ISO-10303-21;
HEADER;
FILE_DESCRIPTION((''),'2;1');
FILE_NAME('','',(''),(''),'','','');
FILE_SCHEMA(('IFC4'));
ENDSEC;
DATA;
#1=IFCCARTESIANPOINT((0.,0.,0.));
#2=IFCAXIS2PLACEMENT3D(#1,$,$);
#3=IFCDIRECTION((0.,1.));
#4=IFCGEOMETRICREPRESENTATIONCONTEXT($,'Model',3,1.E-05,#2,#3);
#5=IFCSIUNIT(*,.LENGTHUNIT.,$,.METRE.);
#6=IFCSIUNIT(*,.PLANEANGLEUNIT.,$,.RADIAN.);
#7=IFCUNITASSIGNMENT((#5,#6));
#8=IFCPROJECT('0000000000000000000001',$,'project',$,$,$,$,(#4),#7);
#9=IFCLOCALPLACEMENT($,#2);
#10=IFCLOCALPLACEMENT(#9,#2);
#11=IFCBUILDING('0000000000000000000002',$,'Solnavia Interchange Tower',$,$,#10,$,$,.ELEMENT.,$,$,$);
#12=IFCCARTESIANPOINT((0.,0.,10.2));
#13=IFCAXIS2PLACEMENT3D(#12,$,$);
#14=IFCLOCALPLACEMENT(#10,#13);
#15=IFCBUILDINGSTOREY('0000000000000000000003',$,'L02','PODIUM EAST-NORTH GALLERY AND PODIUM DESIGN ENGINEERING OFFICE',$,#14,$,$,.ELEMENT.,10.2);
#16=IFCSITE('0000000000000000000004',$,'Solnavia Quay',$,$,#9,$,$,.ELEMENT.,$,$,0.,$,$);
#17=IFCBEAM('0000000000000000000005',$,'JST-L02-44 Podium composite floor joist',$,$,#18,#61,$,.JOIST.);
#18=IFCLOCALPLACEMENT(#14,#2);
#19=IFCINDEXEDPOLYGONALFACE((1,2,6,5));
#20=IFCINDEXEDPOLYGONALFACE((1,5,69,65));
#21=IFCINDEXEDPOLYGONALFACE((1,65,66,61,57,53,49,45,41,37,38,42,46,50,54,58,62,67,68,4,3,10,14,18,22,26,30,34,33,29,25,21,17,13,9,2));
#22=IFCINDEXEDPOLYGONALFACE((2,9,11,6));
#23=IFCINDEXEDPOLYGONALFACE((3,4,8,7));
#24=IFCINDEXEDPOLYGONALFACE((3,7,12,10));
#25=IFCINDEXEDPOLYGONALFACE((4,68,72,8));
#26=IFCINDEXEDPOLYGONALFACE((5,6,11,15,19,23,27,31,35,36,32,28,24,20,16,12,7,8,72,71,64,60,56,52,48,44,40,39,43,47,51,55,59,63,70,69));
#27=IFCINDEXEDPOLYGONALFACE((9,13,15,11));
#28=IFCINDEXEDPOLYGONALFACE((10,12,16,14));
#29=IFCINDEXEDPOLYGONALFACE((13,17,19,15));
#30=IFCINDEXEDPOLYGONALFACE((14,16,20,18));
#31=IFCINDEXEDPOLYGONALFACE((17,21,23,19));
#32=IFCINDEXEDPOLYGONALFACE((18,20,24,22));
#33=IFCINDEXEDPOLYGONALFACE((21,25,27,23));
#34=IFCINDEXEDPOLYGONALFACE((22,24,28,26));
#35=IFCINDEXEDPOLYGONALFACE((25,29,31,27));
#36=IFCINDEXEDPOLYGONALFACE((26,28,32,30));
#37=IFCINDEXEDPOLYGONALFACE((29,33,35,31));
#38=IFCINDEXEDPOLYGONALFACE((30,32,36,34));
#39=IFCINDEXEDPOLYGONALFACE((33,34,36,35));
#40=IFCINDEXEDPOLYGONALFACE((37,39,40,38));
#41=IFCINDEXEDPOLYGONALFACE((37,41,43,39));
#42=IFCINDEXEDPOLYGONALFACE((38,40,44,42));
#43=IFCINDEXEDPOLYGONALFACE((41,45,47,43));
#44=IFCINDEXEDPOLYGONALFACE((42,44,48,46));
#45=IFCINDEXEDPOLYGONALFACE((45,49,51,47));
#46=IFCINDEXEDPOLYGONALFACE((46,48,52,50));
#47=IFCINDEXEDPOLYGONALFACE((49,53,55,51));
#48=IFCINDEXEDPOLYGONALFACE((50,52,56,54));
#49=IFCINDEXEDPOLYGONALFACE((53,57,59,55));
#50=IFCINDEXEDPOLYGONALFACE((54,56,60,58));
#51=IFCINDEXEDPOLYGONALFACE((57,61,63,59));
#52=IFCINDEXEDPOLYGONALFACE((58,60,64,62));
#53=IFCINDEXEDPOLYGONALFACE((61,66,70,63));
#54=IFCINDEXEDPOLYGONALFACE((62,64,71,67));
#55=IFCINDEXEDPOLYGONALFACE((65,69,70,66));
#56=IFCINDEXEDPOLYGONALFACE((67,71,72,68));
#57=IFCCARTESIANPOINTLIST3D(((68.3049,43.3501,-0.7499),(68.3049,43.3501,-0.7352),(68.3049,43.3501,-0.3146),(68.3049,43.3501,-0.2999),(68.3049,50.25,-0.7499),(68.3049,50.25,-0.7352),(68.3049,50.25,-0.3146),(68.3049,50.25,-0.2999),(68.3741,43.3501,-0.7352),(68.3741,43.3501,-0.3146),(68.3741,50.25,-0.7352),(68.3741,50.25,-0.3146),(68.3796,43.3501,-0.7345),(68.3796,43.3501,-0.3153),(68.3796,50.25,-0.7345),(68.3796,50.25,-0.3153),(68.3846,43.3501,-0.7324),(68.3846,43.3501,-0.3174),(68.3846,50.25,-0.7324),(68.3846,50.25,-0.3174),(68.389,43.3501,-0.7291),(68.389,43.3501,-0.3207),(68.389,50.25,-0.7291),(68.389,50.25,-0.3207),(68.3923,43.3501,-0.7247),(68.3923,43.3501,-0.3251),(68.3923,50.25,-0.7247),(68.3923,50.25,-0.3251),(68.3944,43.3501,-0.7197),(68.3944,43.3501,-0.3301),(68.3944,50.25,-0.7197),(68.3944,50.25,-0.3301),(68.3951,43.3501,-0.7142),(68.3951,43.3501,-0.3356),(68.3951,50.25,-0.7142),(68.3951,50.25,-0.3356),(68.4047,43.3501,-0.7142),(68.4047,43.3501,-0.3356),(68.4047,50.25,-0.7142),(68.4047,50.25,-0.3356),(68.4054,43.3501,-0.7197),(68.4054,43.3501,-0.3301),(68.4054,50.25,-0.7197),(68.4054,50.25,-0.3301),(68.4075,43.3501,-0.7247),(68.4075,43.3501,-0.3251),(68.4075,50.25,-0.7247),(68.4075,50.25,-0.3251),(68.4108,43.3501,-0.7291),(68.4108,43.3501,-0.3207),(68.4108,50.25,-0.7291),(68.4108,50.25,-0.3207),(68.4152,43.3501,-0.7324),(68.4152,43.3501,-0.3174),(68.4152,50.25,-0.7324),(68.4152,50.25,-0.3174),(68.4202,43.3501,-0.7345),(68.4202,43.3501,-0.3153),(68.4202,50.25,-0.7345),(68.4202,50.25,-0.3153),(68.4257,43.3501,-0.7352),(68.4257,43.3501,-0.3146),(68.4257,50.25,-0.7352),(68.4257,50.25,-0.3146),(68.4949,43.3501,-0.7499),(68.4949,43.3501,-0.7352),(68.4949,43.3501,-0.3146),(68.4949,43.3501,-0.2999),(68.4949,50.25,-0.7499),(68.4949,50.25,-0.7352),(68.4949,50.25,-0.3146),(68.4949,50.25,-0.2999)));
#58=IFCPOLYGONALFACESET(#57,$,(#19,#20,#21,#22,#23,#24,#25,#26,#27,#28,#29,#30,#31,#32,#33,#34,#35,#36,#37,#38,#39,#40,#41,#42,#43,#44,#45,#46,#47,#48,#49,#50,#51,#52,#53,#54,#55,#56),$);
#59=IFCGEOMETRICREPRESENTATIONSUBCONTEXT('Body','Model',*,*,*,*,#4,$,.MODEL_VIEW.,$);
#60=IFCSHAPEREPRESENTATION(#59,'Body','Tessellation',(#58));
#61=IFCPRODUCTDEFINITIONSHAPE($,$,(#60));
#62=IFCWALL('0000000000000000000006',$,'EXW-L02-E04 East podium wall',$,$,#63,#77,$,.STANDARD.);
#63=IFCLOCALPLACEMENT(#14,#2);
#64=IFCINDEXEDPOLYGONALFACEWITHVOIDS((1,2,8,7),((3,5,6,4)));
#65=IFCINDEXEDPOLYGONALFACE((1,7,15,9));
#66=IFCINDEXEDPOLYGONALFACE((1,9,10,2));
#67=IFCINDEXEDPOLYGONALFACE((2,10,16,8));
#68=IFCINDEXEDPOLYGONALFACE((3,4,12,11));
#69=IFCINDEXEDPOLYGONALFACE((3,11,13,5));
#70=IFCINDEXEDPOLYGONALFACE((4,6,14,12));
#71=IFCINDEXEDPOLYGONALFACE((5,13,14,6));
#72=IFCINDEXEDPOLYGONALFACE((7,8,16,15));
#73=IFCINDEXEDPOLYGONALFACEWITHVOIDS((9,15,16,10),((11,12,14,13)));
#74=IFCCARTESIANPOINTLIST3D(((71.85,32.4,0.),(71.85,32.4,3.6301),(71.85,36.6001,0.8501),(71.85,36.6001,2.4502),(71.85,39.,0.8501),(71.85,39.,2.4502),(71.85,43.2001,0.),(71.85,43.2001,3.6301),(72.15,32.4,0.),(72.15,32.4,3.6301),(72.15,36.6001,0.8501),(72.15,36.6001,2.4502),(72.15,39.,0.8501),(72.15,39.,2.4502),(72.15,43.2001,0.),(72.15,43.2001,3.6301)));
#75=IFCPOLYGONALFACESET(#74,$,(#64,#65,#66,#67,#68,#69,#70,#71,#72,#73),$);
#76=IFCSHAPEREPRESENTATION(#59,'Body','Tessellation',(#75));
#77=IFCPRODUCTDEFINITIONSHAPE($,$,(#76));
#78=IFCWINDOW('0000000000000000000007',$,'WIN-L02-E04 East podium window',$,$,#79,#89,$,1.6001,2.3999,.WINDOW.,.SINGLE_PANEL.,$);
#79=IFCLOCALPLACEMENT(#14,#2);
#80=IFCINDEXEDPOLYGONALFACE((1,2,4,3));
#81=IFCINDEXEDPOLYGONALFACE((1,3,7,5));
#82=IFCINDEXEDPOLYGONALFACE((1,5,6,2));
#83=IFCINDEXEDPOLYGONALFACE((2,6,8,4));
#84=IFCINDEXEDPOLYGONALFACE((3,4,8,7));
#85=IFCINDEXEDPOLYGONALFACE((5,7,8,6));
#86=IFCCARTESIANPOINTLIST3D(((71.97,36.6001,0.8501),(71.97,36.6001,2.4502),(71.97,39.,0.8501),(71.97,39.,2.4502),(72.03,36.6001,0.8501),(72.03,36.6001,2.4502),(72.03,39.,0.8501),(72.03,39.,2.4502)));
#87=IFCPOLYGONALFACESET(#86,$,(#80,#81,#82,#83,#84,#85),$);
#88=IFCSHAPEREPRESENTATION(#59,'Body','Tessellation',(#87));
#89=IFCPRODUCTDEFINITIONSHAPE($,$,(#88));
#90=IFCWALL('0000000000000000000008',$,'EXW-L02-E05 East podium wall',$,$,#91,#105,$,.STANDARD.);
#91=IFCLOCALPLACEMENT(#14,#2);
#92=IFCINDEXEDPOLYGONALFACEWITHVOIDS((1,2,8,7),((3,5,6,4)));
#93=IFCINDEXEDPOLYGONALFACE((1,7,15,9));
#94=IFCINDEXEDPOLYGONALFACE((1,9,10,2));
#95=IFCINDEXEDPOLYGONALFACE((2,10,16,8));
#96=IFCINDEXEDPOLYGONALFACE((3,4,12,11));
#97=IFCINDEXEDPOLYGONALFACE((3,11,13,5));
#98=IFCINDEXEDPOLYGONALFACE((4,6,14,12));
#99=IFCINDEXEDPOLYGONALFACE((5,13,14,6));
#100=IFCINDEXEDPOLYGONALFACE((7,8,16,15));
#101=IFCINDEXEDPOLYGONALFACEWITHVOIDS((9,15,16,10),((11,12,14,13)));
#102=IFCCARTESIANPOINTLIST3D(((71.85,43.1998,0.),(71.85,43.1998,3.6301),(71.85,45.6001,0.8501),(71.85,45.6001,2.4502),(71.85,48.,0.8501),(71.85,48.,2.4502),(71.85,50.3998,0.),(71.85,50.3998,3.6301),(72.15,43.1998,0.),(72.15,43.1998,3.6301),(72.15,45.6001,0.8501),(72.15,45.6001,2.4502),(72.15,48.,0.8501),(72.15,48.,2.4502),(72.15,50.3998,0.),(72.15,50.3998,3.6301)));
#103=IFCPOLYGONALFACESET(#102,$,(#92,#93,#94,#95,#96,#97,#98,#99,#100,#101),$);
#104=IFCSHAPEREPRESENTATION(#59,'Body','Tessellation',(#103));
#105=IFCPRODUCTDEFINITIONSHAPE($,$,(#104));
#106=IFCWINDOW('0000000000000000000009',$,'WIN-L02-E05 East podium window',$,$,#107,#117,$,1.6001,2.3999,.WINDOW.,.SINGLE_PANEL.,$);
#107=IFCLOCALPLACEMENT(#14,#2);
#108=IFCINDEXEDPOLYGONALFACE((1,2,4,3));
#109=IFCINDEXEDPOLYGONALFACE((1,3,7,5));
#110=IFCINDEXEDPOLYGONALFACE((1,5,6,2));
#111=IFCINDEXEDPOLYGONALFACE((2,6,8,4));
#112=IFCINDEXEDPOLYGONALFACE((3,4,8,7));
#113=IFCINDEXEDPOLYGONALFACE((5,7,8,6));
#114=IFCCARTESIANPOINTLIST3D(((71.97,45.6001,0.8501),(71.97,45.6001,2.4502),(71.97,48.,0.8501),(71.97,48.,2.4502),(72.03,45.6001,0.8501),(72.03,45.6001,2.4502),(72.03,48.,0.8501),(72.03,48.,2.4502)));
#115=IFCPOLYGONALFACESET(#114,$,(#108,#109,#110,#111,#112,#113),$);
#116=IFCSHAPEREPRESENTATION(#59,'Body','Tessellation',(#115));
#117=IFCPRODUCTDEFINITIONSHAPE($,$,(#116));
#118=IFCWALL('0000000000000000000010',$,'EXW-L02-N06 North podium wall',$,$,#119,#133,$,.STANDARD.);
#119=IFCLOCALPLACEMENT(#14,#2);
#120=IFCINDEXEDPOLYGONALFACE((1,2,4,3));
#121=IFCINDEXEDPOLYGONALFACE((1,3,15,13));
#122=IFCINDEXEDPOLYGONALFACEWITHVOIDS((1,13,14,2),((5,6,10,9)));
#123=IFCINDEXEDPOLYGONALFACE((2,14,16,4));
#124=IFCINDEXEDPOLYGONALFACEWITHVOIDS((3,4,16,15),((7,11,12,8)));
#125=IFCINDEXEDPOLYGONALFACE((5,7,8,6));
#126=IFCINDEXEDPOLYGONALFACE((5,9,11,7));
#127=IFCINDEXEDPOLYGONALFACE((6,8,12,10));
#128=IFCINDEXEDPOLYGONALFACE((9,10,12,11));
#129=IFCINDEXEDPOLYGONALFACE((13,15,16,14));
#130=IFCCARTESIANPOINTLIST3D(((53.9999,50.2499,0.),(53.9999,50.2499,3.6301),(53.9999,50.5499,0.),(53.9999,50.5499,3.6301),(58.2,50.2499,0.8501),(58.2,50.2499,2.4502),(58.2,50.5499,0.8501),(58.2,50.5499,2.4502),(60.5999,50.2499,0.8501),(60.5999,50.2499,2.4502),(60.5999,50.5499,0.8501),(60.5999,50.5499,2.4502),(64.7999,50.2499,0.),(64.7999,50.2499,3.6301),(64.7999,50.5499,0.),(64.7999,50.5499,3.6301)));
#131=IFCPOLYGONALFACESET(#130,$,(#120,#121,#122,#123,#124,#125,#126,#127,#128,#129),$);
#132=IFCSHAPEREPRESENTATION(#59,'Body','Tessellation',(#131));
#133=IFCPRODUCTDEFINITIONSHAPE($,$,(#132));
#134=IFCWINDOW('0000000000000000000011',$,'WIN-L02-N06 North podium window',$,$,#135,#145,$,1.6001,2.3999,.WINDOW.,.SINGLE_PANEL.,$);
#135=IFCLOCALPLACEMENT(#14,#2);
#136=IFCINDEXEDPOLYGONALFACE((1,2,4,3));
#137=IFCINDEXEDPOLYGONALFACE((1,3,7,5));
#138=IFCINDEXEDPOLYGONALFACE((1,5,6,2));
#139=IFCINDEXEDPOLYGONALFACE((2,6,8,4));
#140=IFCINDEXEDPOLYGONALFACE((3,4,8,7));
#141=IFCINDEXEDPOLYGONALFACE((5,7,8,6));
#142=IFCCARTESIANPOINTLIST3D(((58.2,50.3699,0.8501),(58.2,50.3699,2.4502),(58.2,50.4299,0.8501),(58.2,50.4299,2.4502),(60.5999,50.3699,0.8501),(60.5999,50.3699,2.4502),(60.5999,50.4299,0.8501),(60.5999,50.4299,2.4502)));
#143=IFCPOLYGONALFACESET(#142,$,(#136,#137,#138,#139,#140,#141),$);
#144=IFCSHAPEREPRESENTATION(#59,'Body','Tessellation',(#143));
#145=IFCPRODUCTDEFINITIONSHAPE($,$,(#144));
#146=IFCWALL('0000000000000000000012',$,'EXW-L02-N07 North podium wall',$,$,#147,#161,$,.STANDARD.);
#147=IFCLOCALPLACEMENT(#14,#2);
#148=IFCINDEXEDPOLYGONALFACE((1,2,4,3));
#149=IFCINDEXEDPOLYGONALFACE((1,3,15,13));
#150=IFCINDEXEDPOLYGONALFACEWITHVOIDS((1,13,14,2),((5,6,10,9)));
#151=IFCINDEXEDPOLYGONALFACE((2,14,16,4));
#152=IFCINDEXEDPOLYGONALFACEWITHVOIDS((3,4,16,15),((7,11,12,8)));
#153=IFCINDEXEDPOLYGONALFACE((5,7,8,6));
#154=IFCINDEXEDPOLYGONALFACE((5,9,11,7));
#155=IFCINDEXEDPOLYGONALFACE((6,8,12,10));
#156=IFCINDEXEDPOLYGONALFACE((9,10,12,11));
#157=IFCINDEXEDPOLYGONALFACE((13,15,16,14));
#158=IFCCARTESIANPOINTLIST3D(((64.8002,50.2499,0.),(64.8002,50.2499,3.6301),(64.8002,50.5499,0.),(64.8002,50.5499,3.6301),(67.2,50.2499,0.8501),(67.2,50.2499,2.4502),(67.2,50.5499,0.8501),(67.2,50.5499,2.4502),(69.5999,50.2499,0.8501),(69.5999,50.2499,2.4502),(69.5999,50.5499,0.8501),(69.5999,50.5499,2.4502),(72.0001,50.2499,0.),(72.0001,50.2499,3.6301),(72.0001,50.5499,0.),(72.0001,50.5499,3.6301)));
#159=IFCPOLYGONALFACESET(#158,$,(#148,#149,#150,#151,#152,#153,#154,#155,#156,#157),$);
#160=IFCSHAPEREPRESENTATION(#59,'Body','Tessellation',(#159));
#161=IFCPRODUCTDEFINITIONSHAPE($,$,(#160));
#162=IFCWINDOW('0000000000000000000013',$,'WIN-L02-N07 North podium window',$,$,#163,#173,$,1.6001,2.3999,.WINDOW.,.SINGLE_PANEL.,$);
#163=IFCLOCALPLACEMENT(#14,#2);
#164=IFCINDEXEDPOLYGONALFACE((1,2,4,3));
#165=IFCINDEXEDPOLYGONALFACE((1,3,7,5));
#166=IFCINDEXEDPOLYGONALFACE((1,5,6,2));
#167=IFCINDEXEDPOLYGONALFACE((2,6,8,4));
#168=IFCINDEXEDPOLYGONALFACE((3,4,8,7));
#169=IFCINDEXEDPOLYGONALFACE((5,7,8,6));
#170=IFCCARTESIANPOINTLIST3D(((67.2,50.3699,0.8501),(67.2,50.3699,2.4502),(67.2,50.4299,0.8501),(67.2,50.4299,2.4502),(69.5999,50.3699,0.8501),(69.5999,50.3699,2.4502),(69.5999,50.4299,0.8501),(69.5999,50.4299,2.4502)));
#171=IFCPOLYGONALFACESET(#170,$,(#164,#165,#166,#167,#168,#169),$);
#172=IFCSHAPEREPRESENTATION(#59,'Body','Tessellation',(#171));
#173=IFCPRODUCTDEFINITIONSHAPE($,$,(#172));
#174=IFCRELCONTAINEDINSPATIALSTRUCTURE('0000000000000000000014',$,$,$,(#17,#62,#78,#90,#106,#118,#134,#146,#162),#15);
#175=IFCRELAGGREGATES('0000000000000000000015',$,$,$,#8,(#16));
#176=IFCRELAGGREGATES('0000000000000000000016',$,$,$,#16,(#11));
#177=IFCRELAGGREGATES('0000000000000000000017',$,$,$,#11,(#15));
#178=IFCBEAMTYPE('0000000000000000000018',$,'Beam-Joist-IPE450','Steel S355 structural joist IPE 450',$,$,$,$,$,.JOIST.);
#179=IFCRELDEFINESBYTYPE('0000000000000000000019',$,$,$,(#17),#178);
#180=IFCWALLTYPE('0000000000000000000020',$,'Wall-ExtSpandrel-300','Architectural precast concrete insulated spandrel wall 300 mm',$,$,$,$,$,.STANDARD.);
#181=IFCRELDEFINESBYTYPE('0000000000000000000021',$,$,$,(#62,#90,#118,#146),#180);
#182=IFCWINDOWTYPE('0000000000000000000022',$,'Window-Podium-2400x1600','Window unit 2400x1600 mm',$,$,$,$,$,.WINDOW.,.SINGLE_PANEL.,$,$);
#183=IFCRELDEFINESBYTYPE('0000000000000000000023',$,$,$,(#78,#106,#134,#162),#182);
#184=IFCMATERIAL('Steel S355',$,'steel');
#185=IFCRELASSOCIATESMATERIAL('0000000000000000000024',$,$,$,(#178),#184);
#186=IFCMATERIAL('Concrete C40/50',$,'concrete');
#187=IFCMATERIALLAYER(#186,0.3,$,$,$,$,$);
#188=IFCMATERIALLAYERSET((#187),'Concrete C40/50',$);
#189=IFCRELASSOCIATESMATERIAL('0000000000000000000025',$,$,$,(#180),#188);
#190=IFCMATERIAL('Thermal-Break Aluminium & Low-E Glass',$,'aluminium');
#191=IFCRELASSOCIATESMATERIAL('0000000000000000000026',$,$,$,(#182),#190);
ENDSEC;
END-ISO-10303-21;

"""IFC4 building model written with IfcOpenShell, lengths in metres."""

from ifc_helpers import new_model, si_unit, direction, frame, frame_2d, origin, origin_2d, place, context, subcontext, project, spatial, rectangle, i_section, extrude, material, layer, layer_set, material_profile, profile_set, type_object, element, fill, save


model = new_model("IFC4")

# Units and contexts
model_context = context("Model", 3, precision=1e-05, world=origin(), true_north=direction((0.0, 1.0)))
body_context = subcontext(model_context, "Body", "Model", "MODEL_VIEW")
ifc_project = project(units=[si_unit("LENGTHUNIT", "METRE"), si_unit("PLANEANGLEUNIT", "RADIAN")], contexts=[model_context])

# Site, building, storey
site_placement = place(None, origin())
site = spatial("IfcSite", under=ifc_project, at=site_placement, Name="Solnavia Quay", CompositionType="ELEMENT", RefElevation=0.0)
building_placement = place(site_placement, origin())
building = spatial("IfcBuilding", under=site, at=building_placement, Name="Solnavia Interchange Tower", CompositionType="ELEMENT")
storey_placement = place(building_placement, frame((0.0, 0.0, 10.2)))
storey = spatial("IfcBuildingStorey", under=building, at=storey_placement, Name="L02", Description="PODIUM EAST-NORTH GALLERY AND PODIUM DESIGN ENGINEERING OFFICE", CompositionType="ELEMENT", Elevation=10.2)

# Beam
ifc_material_1 = material(Name="Steel S355", Category="steel")
ifc_material_profile_1 = material_profile(ifc_material_1, i_section(OverallWidth=0.1899, OverallDepth=0.45, WebThickness=0.0095, FlangeThickness=0.0146, FilletRadius=0.021, at=origin_2d()), Name="IPE 450")
ifc_profile_set_1 = profile_set([ifc_material_profile_1], Name="Steel S355")
beam_type_1 = type_object("IfcBeamType", Name="Beam-Joist-IPE450", Description="Steel S355 structural joist IPE 450", PredefinedType="JOIST", material=ifc_profile_set_1)
beam_1_placement = place(storey_placement, frame((68.3999, 43.3501, -0.5249), z_axis=(0.0, 1.0, 0.0), x_axis=(-1.0, 0.0, 0.0)))
element("IfcBeam", 1, at=beam_1_placement, inside=storey, type_object=beam_type_1, Name="JST-L02-44 Podium composite floor joist", PredefinedType="JOIST", context=body_context, shape_type="SweptSolid", body=[
    extrude(i_section(OverallWidth=0.1899, OverallDepth=0.45, WebThickness=0.0095, FlangeThickness=0.0146, FilletRadius=0.021, at=origin_2d()), origin(), (0.0, 0.0, 1.0), 6.8999),
])

# Walls, openings, windows
ifc_material_2 = material(Name="Concrete C40/50", Category="concrete")
ifc_layer_1 = layer(ifc_material_2, 0.3)
ifc_layer_set_1 = layer_set([ifc_layer_1], Name="Concrete C40/50")
wall_type_1 = type_object("IfcWallType", Name="Wall-ExtSpandrel-300", Description="Architectural precast concrete insulated spandrel wall 300 mm", PredefinedType="STANDARD", material=ifc_layer_set_1)
wall_1_placement = place(storey_placement, frame((72.0, 43.2, 0.0), z_axis=(0.0, 0.0, 1.0), x_axis=(0.0, -1.0, 0.0)))
wall_1 = element("IfcWall", 2, at=wall_1_placement, inside=storey, type_object=wall_type_1, Name="EXW-L02-E04 East podium wall", PredefinedType="STANDARD", context=body_context, shape_type="SweptSolid", body=[
    extrude(rectangle(XDim=10.8, YDim=0.3, at=frame_2d((5.3999, 0.0))), origin(), (0.0, 0.0, 1.0), 3.6301),
])
opening_1_placement = place(wall_1_placement, frame((4.2, 0.0, 0.8501)))
opening_1 = element("IfcOpeningElement", 3, at=opening_1_placement, cuts=wall_1, PredefinedType="OPENING", context=body_context, shape_type="SweptSolid", body=[
    extrude(rectangle(XDim=2.3999, YDim=1.6001, at=frame_2d((1.2, 0.8))), frame((0.0, 0.1602, 0.0), z_axis=(0.0, -1.0, 0.0), x_axis=(1.0, 0.0, 0.0)), (0.0, 0.0, 1.0), 0.3201),
])
ifc_material_3 = material(Name="Thermal-Break Aluminium & Low-E Glass", Category="aluminium")
window_type = type_object("IfcWindowType", Name="Window-Podium-2400x1600", Description="Window unit 2400x1600 mm", PartitioningType="SINGLE_PANEL", PredefinedType="WINDOW", material=ifc_material_3)
window_1_placement = place(opening_1_placement, origin())
window_1 = element("IfcWindow", 4, at=window_1_placement, inside=storey, type_object=window_type, Name="WIN-L02-E04 East podium window", OverallHeight=1.6001, OverallWidth=2.3999, PartitioningType="SINGLE_PANEL", PredefinedType="WINDOW", context=body_context, shape_type="SweptSolid", body=[
    extrude(rectangle(XDim=2.3999, YDim=1.6001, at=frame_2d((1.2, 0.8))), frame((0.0, 0.03, 0.0), z_axis=(0.0, -1.0, 0.0), x_axis=(1.0, 0.0, 0.0)), (0.0, 0.0, 1.0), 0.0601),
])
fill(opening_1, window_1)
wall_2_placement = place(storey_placement, frame((72.0, 50.3999, 0.0), z_axis=(0.0, 0.0, 1.0), x_axis=(0.0, -1.0, 0.0)))
wall_2 = element("IfcWall", 5, at=wall_2_placement, inside=storey, type_object=wall_type_1, Name="EXW-L02-E05 East podium wall", PredefinedType="STANDARD", context=body_context, shape_type="SweptSolid", body=[
    extrude(rectangle(XDim=7.2, YDim=0.3, at=frame_2d((3.6001, 0.0))), origin(), (0.0, 0.0, 1.0), 3.6301),
])
opening_2_placement = place(wall_2_placement, frame((2.3999, 0.0, 0.8501)))
opening_2 = element("IfcOpeningElement", 6, at=opening_2_placement, cuts=wall_2, PredefinedType="OPENING", context=body_context, shape_type="SweptSolid", body=[
    extrude(rectangle(XDim=2.3999, YDim=1.6001, at=frame_2d((1.2, 0.8))), frame((0.0, 0.1602, 0.0), z_axis=(0.0, -1.0, 0.0), x_axis=(1.0, 0.0, 0.0)), (0.0, 0.0, 1.0), 0.3201),
])
window_2_placement = place(opening_2_placement, origin())
window_2 = element("IfcWindow", 7, at=window_2_placement, inside=storey, type_object=window_type, Name="WIN-L02-E05 East podium window", OverallHeight=1.6001, OverallWidth=2.3999, PartitioningType="SINGLE_PANEL", PredefinedType="WINDOW", context=body_context, shape_type="SweptSolid", body=[
    extrude(rectangle(XDim=2.3999, YDim=1.6001, at=frame_2d((1.2, 0.8))), frame((0.0, 0.03, 0.0), z_axis=(0.0, -1.0, 0.0), x_axis=(1.0, 0.0, 0.0)), (0.0, 0.0, 1.0), 0.0601),
])
fill(opening_2, window_2)
wall_3_placement = place(storey_placement, frame((54.0, 50.3999, 0.0), z_axis=(0.0, 0.0, 1.0), x_axis=(1.0, 0.0, 0.0)))
wall_3 = element("IfcWall", 8, at=wall_3_placement, inside=storey, type_object=wall_type_1, Name="EXW-L02-N06 North podium wall", PredefinedType="STANDARD", context=body_context, shape_type="SweptSolid", body=[
    extrude(rectangle(XDim=10.8, YDim=0.3, at=frame_2d((5.3999, 0.0))), origin(), (0.0, 0.0, 1.0), 3.6301),
])
opening_3_placement = place(wall_3_placement, frame((4.2, 0.0, 0.8501)))
opening_3 = element("IfcOpeningElement", 9, at=opening_3_placement, cuts=wall_3, PredefinedType="OPENING", context=body_context, shape_type="SweptSolid", body=[
    extrude(rectangle(XDim=2.3999, YDim=1.6001, at=frame_2d((1.2, 0.8))), frame((0.0, 0.1602, 0.0), z_axis=(0.0, -1.0, 0.0), x_axis=(1.0, 0.0, 0.0)), (0.0, 0.0, 1.0), 0.3201),
])
window_3_placement = place(opening_3_placement, origin())
window_3 = element("IfcWindow", 10, at=window_3_placement, inside=storey, type_object=window_type, Name="WIN-L02-N06 North podium window", OverallHeight=1.6001, OverallWidth=2.3999, PartitioningType="SINGLE_PANEL", PredefinedType="WINDOW", context=body_context, shape_type="SweptSolid", body=[
    extrude(rectangle(XDim=2.3999, YDim=1.6001, at=frame_2d((1.2, 0.8))), frame((0.0, 0.03, 0.0), z_axis=(0.0, -1.0, 0.0), x_axis=(1.0, 0.0, 0.0)), (0.0, 0.0, 1.0), 0.0601),
])
fill(opening_3, window_3)
wall_4_placement = place(storey_placement, frame((64.8, 50.3999, 0.0), z_axis=(0.0, 0.0, 1.0), x_axis=(1.0, 0.0, 0.0)))
wall_4 = element("IfcWall", 11, at=wall_4_placement, inside=storey, type_object=wall_type_1, Name="EXW-L02-N07 North podium wall", PredefinedType="STANDARD", context=body_context, shape_type="SweptSolid", body=[
    extrude(rectangle(XDim=7.2, YDim=0.3, at=frame_2d((3.6001, 0.0))), origin(), (0.0, 0.0, 1.0), 3.6301),
])
opening_4_placement = place(wall_4_placement, frame((2.3999, 0.0, 0.8501)))
opening_4 = element("IfcOpeningElement", 12, at=opening_4_placement, cuts=wall_4, PredefinedType="OPENING", context=body_context, shape_type="SweptSolid", body=[
    extrude(rectangle(XDim=2.3999, YDim=1.6001, at=frame_2d((1.2, 0.8))), frame((0.0, 0.1602, 0.0), z_axis=(0.0, -1.0, 0.0), x_axis=(1.0, 0.0, 0.0)), (0.0, 0.0, 1.0), 0.3201),
])
window_4_placement = place(opening_4_placement, origin())
window_4 = element("IfcWindow", 13, at=window_4_placement, inside=storey, type_object=window_type, Name="WIN-L02-N07 North podium window", OverallHeight=1.6001, OverallWidth=2.3999, PartitioningType="SINGLE_PANEL", PredefinedType="WINDOW", context=body_context, shape_type="SweptSolid", body=[
    extrude(rectangle(XDim=2.3999, YDim=1.6001, at=frame_2d((1.2, 0.8))), frame((0.0, 0.03, 0.0), z_axis=(0.0, -1.0, 0.0), x_axis=(1.0, 0.0, 0.0)), (0.0, 0.0, 1.0), 0.0601),
])
fill(opening_4, window_4)

save(model, "model.ifc")
